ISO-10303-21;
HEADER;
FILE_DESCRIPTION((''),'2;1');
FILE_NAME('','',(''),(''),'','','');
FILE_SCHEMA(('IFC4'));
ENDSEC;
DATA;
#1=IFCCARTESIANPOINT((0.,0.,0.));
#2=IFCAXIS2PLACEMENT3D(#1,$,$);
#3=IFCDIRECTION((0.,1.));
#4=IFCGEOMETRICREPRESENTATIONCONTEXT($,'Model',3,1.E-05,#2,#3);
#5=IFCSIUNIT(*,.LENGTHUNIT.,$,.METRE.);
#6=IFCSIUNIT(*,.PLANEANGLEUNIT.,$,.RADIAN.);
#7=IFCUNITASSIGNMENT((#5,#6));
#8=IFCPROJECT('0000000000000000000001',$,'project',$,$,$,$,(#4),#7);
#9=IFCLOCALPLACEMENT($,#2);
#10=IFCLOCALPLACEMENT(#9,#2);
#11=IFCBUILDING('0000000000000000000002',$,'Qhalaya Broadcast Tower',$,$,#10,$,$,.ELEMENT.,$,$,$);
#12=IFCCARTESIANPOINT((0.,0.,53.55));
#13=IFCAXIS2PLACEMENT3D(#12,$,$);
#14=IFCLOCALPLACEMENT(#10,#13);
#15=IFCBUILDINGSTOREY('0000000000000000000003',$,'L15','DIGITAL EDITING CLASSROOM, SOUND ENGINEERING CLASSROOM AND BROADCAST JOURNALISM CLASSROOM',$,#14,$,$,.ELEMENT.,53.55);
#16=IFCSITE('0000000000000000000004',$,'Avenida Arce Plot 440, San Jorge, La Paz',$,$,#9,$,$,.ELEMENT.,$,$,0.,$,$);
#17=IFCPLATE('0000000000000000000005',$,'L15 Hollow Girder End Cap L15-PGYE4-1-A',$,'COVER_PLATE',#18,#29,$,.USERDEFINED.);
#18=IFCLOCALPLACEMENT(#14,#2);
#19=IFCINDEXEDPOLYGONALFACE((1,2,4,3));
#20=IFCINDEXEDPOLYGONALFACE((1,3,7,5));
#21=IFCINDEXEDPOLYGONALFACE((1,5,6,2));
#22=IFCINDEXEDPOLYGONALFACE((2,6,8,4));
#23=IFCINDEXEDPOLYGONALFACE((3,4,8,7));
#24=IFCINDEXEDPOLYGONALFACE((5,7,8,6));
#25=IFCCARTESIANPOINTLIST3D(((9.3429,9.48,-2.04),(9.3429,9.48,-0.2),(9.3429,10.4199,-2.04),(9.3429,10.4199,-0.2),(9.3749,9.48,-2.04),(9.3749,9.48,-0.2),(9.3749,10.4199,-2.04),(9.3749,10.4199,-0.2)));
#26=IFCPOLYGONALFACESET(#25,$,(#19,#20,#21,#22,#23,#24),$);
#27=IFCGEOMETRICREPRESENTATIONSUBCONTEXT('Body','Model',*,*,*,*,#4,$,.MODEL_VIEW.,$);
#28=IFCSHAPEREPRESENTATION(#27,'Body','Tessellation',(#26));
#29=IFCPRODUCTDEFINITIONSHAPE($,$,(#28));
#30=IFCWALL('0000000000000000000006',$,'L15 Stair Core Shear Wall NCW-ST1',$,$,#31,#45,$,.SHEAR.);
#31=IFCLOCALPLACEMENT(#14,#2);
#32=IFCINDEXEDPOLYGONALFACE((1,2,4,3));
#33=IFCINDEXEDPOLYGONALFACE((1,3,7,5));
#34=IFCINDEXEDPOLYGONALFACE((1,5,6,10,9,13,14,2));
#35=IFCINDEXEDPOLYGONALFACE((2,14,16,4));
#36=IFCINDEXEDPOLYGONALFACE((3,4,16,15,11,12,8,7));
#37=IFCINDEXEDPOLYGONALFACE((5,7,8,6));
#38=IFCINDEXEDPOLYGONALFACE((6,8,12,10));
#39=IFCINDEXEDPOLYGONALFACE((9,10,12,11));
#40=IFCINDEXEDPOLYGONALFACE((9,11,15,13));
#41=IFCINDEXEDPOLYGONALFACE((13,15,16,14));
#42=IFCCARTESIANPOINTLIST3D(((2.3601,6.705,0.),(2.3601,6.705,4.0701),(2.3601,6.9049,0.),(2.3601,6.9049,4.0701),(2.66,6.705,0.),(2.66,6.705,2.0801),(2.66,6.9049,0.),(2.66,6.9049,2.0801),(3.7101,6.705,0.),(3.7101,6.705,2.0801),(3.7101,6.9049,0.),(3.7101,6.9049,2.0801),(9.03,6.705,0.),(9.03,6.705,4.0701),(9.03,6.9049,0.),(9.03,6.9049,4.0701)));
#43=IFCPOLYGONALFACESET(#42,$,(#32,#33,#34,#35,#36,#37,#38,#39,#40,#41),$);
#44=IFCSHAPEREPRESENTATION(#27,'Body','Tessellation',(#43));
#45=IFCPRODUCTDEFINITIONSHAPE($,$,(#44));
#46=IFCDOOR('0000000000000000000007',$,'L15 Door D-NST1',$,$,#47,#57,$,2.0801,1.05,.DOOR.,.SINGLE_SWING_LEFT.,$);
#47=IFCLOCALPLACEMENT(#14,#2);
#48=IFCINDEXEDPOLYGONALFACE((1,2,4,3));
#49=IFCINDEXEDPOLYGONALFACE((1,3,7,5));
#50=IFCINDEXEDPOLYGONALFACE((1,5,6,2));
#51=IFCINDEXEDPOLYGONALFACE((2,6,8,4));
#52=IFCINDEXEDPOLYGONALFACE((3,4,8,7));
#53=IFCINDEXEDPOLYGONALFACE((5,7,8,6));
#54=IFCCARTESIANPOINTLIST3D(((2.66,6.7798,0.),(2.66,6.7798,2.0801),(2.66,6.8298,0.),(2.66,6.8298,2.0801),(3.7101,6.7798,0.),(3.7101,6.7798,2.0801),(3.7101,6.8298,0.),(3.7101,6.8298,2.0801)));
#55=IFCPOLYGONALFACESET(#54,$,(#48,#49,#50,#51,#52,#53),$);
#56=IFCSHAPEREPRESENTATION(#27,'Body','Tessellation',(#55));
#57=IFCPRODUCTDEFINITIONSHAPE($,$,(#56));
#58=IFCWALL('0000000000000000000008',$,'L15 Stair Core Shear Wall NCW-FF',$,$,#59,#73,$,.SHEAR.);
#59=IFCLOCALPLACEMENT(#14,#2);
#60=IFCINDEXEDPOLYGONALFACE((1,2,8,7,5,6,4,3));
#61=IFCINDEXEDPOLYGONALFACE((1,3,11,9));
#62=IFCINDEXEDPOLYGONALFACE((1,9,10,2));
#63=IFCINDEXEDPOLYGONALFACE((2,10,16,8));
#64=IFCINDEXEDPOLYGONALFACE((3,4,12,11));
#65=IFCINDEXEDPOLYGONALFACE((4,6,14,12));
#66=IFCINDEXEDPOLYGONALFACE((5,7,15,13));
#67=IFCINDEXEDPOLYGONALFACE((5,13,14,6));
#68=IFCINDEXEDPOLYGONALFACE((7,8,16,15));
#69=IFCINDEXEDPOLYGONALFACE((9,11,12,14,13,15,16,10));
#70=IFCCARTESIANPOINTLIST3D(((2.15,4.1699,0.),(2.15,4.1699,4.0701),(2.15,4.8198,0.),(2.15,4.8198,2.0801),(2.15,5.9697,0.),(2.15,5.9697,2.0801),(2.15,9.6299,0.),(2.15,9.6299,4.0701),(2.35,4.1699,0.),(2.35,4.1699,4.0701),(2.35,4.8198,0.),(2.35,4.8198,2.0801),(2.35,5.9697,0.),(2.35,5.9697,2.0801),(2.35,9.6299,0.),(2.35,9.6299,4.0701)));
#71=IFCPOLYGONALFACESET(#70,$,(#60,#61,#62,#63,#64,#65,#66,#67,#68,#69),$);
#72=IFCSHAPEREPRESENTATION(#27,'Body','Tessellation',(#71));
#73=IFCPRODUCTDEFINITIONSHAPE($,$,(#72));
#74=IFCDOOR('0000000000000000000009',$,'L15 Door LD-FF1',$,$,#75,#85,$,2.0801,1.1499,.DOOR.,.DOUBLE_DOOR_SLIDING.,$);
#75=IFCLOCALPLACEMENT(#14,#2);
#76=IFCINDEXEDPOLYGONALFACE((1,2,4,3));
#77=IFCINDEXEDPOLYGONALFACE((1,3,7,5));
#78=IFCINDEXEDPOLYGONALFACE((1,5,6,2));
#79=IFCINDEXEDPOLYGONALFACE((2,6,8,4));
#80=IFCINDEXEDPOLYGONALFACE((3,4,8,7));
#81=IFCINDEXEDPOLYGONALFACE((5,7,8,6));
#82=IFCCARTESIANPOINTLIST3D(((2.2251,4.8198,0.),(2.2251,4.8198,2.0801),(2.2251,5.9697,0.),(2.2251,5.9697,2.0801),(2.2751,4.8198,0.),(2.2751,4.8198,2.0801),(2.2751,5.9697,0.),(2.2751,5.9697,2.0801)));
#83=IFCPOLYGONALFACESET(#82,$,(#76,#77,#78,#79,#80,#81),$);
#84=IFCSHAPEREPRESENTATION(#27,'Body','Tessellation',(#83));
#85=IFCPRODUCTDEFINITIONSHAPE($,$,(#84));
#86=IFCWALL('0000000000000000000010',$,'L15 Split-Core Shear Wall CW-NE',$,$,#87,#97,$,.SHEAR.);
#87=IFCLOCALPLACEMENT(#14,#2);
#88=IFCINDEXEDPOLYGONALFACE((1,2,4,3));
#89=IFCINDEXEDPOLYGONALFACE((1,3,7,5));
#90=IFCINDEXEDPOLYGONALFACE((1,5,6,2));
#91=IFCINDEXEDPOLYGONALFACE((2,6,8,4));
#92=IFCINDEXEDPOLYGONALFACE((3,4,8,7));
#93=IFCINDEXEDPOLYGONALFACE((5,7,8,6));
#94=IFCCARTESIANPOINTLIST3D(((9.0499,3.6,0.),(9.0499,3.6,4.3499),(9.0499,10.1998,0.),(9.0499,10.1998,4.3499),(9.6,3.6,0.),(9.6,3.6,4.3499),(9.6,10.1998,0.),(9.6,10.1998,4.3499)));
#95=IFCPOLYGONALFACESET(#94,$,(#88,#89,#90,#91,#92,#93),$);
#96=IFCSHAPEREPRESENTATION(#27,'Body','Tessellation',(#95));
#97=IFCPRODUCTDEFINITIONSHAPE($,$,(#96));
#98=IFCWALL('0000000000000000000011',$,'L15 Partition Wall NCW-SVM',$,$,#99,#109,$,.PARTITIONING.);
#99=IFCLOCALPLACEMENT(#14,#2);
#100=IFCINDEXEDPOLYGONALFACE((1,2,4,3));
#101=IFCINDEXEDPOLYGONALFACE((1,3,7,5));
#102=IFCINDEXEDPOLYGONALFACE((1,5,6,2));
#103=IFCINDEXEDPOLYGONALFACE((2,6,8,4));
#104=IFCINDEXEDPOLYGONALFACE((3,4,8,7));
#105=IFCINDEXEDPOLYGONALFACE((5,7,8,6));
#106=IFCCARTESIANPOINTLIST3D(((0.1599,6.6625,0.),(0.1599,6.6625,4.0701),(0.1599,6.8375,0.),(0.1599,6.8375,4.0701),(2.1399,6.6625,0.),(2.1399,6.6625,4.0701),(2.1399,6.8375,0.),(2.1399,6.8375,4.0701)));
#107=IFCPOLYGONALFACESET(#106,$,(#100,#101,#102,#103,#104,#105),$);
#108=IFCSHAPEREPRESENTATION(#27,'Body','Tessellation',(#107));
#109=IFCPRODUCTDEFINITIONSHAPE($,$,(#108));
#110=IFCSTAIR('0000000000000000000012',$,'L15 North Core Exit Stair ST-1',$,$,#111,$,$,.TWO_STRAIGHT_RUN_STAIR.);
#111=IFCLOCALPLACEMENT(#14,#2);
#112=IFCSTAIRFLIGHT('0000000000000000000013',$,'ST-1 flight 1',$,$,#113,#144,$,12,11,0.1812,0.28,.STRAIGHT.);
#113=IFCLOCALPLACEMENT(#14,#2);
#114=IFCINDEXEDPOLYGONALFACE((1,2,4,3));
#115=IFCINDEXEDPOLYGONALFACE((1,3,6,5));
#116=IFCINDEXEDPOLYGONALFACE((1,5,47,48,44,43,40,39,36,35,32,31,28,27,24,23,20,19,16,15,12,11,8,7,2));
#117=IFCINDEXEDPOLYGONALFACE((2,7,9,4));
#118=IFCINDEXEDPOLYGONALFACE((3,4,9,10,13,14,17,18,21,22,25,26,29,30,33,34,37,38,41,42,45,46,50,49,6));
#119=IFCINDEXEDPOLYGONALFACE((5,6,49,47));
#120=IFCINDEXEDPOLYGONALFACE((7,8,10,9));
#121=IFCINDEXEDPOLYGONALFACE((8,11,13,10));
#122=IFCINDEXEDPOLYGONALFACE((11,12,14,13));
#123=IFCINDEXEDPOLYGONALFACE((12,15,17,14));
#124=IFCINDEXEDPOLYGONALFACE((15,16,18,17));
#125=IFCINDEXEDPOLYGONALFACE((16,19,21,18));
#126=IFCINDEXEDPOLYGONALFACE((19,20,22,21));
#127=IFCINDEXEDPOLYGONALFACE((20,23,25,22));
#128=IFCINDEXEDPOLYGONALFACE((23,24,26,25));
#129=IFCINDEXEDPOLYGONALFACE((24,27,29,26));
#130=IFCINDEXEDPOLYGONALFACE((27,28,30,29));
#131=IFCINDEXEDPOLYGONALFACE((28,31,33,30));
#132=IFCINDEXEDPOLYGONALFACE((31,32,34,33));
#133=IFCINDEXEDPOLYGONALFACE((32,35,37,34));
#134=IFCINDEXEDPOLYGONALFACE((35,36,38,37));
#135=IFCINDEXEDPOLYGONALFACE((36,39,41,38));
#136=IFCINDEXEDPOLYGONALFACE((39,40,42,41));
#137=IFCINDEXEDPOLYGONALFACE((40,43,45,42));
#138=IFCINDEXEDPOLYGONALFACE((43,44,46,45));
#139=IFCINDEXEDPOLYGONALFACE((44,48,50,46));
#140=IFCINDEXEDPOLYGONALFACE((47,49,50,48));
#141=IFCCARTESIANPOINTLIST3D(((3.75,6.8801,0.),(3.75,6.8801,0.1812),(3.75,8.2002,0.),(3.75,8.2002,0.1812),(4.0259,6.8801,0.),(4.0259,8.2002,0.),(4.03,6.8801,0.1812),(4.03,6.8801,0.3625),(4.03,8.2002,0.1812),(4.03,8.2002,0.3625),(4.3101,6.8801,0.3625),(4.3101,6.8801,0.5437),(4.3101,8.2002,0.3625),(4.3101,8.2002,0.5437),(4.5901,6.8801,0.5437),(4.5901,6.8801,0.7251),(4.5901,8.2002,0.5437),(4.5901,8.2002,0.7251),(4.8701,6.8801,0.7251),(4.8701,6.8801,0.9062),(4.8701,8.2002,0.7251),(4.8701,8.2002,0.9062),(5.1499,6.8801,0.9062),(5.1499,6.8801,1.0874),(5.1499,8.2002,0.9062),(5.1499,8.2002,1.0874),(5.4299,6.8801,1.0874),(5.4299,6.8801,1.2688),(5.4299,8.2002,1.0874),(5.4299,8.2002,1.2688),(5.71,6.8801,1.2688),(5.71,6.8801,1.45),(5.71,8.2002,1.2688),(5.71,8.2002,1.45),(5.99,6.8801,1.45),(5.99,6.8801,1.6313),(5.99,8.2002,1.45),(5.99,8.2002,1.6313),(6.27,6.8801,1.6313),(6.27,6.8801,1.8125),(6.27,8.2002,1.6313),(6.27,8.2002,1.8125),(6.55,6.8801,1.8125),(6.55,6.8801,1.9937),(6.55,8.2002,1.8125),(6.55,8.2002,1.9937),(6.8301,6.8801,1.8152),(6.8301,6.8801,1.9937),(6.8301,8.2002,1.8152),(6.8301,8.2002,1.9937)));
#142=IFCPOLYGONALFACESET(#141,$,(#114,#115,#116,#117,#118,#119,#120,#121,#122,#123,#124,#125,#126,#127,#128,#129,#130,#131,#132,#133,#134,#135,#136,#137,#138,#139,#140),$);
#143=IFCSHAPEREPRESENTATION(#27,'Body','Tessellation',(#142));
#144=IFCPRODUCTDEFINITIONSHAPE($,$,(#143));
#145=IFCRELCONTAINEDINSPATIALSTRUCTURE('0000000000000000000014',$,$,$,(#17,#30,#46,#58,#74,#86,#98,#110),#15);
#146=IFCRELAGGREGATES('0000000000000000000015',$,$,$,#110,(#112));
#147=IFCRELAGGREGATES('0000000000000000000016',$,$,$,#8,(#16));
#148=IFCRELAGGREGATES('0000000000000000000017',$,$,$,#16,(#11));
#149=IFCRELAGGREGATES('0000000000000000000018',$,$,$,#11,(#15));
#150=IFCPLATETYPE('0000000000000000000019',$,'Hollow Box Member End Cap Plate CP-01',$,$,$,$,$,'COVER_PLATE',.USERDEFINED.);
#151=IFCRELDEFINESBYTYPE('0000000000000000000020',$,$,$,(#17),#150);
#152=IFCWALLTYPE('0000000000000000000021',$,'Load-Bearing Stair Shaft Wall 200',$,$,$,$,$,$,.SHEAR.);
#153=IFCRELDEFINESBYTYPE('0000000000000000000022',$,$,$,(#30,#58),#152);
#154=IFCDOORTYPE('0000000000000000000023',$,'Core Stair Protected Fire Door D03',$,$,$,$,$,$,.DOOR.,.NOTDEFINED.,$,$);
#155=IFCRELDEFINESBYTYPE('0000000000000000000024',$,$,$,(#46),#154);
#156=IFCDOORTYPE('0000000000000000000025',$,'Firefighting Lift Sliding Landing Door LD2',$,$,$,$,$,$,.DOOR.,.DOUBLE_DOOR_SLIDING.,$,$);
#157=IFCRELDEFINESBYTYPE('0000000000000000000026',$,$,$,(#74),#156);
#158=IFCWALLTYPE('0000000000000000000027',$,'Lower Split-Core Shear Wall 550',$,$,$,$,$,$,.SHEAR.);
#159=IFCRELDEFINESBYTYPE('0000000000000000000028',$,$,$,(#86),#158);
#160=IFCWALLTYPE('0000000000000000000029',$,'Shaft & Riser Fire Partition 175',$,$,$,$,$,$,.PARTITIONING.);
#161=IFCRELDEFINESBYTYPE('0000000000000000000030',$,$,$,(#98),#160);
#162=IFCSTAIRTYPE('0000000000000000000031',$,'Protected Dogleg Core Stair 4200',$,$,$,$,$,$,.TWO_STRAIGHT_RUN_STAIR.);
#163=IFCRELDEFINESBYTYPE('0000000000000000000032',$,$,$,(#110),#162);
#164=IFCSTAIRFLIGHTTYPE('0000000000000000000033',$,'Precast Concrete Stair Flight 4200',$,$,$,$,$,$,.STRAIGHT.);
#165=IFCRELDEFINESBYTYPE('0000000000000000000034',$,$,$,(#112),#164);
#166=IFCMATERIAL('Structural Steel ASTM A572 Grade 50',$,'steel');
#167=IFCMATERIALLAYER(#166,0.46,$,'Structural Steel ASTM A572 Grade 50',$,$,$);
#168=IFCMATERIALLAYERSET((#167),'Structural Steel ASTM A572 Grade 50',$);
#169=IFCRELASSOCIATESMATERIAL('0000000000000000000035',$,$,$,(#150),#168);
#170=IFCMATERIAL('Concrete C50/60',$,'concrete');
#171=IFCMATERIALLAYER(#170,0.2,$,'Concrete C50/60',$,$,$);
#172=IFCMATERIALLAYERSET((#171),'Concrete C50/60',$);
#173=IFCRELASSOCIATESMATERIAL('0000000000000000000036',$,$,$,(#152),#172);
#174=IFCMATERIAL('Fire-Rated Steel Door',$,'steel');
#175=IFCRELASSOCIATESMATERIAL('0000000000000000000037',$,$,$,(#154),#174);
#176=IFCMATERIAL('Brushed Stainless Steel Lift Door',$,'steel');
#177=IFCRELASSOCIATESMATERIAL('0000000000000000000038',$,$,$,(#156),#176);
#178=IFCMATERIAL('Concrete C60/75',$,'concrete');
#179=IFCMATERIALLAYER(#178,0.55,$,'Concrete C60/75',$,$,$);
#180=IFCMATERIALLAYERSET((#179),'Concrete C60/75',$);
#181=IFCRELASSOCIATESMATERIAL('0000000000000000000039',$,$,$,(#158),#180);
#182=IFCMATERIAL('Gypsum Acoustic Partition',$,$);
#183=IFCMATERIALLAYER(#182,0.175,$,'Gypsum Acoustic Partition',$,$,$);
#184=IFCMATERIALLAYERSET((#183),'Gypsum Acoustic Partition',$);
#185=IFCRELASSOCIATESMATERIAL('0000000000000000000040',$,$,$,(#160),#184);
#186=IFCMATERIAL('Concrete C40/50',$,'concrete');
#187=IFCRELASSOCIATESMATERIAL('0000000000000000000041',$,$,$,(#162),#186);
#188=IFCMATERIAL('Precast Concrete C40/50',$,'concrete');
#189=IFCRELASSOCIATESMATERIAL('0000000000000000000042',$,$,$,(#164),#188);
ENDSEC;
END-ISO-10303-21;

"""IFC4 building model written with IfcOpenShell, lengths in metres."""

from ifc_helpers import new_model, si_unit, direction, frame, frame_2d, origin, origin_2d, place, context, subcontext, project, spatial, polyline, rectangle, outline, extrude, material, layer, layer_set, type_object, element, fill, aggregate, save


model = new_model("IFC4")

# Units and contexts
model_context = context("Model", 3, precision=1e-05, world=origin(), true_north=direction((0.0, 1.0)))
body_context = subcontext(model_context, "Body", "Model", "MODEL_VIEW")
ifc_project = project(units=[si_unit("LENGTHUNIT", "METRE"), si_unit("PLANEANGLEUNIT", "RADIAN")], contexts=[model_context])

# Site, building, storey
site_placement = place(None, origin())
site = spatial("IfcSite", under=ifc_project, at=site_placement, Name="Avenida Arce Plot 440, San Jorge, La Paz", CompositionType="ELEMENT", RefElevation=0.0)
building_placement = place(site_placement, origin())
building = spatial("IfcBuilding", under=site, at=building_placement, Name="Qhalaya Broadcast Tower", CompositionType="ELEMENT")
storey_placement = place(building_placement, frame((0.0, 0.0, 53.55)))
storey = spatial("IfcBuildingStorey", under=building, at=storey_placement, Name="L15", Description="DIGITAL EDITING CLASSROOM, SOUND ENGINEERING CLASSROOM AND BROADCAST JOURNALISM CLASSROOM", CompositionType="ELEMENT", Elevation=53.55)

# Shared definitions
ifc_material_1 = material(Name="Concrete C50/60", Category="concrete")

# Shared definitions
ifc_material_2 = material(Name="Structural Steel ASTM A572 Grade 50", Category="steel")

# Plate
ifc_layer_1 = layer(ifc_material_2, 0.46, Name="Structural Steel ASTM A572 Grade 50")
ifc_layer_set_1 = layer_set([ifc_layer_1], Name="Structural Steel ASTM A572 Grade 50")
plate_type = type_object("IfcPlateType", Name="Hollow Box Member End Cap Plate CP-01", ElementType="COVER_PLATE", PredefinedType="USERDEFINED", material=ifc_layer_set_1)
for number, where, z_axis, x_axis, name in (
    (1, (9.3589, 9.95, -2.04), (0.0, 0.0, 1.0), (0.0, 1.0, 0.0), "L15 Hollow Girder End Cap L15-PGYE4-1-A"),
):
    element("IfcPlate", number, at=place(storey_placement, frame(where, z_axis=z_axis, x_axis=x_axis)), inside=storey, type_object=plate_type, Name=name, ObjectType="COVER_PLATE", PredefinedType="USERDEFINED", context=body_context, shape_type="SweptSolid", body=[
        extrude(rectangle(XDim=0.9399, YDim=0.032, at=origin_2d()), origin(), (0.0, 0.0, 1.0), 1.8401),
    ])

# Walls, openings, doors
ifc_layer_2 = layer(ifc_material_1, 0.2, Name="Concrete C50/60")
ifc_layer_set_2 = layer_set([ifc_layer_2], Name="Concrete C50/60")
wall_type_1 = type_object("IfcWallType", Name="Load-Bearing Stair Shaft Wall 200", PredefinedType="SHEAR", material=ifc_layer_set_2)
wall_1_placement = place(storey_placement, frame((2.3601, 6.8049, 0.0), z_axis=(0.0, 0.0, 1.0), x_axis=(1.0, 0.0, 0.0)))
wall_1 = element("IfcWall", 2, at=wall_1_placement, inside=storey, type_object=wall_type_1, Name="L15 Stair Core Shear Wall NCW-ST1", PredefinedType="SHEAR", context=body_context, shape_type="SweptSolid", body=[
    extrude(rectangle(XDim=6.6699, YDim=0.2, at=frame_2d((3.335, 0.0))), origin(), (0.0, 0.0, 1.0), 4.0701),
])
opening_1_placement = place(wall_1_placement, frame((0.3, 0.0, 0.0)))
opening_1 = element("IfcOpeningElement", 3, at=opening_1_placement, cuts=wall_1, PredefinedType="OPENING", context=body_context, shape_type="SweptSolid", body=[
    extrude(rectangle(XDim=1.05, YDim=2.0801, at=frame_2d((0.5249, 1.04))), frame((0.0, 0.1121, 0.0), z_axis=(0.0, -1.0, 0.0), x_axis=(1.0, 0.0, 0.0)), (0.0, 0.0, 1.0), 0.2239),
])
ifc_material_3 = material(Name="Fire-Rated Steel Door", Category="steel")
door_type_1 = type_object("IfcDoorType", Name="Core Stair Protected Fire Door D03", OperationType="NOTDEFINED", PredefinedType="DOOR", material=ifc_material_3)
door_1_placement = place(opening_1_placement, origin())
door_1 = element("IfcDoor", 4, at=door_1_placement, inside=storey, type_object=door_type_1, Name="L15 Door D-NST1", OperationType="SINGLE_SWING_LEFT", OverallHeight=2.0801, OverallWidth=1.05, PredefinedType="DOOR", context=body_context, shape_type="SweptSolid", body=[
    extrude(rectangle(XDim=1.05, YDim=2.0801, at=frame_2d((0.5249, 1.04))), frame((0.0, 0.0249, 0.0), z_axis=(0.0, -1.0, 0.0), x_axis=(1.0, 0.0, 0.0)), (0.0, 0.0, 1.0), 0.05),
])
fill(opening_1, door_1)
wall_2_placement = place(storey_placement, frame((2.25, 4.1699, 0.0), z_axis=(0.0, 0.0, 1.0), x_axis=(0.0, 1.0, 0.0)))
wall_2 = element("IfcWall", 5, at=wall_2_placement, inside=storey, type_object=wall_type_1, Name="L15 Stair Core Shear Wall NCW-FF", PredefinedType="SHEAR", context=body_context, shape_type="SweptSolid", body=[
    extrude(rectangle(XDim=5.46, YDim=0.2, at=frame_2d((2.73, 0.0))), origin(), (0.0, 0.0, 1.0), 4.0701),
])
opening_2_placement = place(wall_2_placement, frame((0.6499, 0.0, 0.0)))
opening_2 = element("IfcOpeningElement", 6, at=opening_2_placement, cuts=wall_2, PredefinedType="OPENING", context=body_context, shape_type="SweptSolid", body=[
    extrude(rectangle(XDim=1.1499, YDim=2.0801, at=frame_2d((0.575, 1.04))), frame((0.0, 0.1121, 0.0), z_axis=(0.0, -1.0, 0.0), x_axis=(1.0, 0.0, 0.0)), (0.0, 0.0, 1.0), 0.2239),
])
ifc_material_4 = material(Name="Brushed Stainless Steel Lift Door", Category="steel")
door_type_2 = type_object("IfcDoorType", Name="Firefighting Lift Sliding Landing Door LD2", OperationType="DOUBLE_DOOR_SLIDING", PredefinedType="DOOR", material=ifc_material_4)
door_2_placement = place(opening_2_placement, origin())
door_2 = element("IfcDoor", 7, at=door_2_placement, inside=storey, type_object=door_type_2, Name="L15 Door LD-FF1", OperationType="DOUBLE_DOOR_SLIDING", OverallHeight=2.0801, OverallWidth=1.1499, PredefinedType="DOOR", context=body_context, shape_type="SweptSolid", body=[
    extrude(rectangle(XDim=1.1499, YDim=2.0801, at=frame_2d((0.575, 1.04))), frame((0.0, 0.0249, 0.0), z_axis=(0.0, -1.0, 0.0), x_axis=(1.0, 0.0, 0.0)), (0.0, 0.0, 1.0), 0.05),
])
fill(opening_2, door_2)

# Wall
ifc_material_5 = material(Name="Concrete C60/75", Category="concrete")
ifc_layer_3 = layer(ifc_material_5, 0.55, Name="Concrete C60/75")
ifc_layer_set_3 = layer_set([ifc_layer_3], Name="Concrete C60/75")
wall_type_2 = type_object("IfcWallType", Name="Lower Split-Core Shear Wall 550", PredefinedType="SHEAR", material=ifc_layer_set_3)
wall_3_placement = place(storey_placement, frame((9.325, 3.6001, 0.0), z_axis=(0.0, 0.0, 1.0), x_axis=(0.0, 1.0, 0.0)))
element("IfcWall", 8, at=wall_3_placement, inside=storey, type_object=wall_type_2, Name="L15 Split-Core Shear Wall CW-NE", PredefinedType="SHEAR", context=body_context, shape_type="SweptSolid", body=[
    extrude(rectangle(XDim=6.5999, YDim=0.55, at=frame_2d((3.2998, 0.0))), origin(), (0.0, 0.0, 1.0), 4.3499),
])

# Shared definitions
ifc_material_6 = material(Name="Gypsum Acoustic Partition")
ifc_layer_4 = layer(ifc_material_6, 0.175, Name="Gypsum Acoustic Partition")
ifc_layer_set_4 = layer_set([ifc_layer_4], Name="Gypsum Acoustic Partition")
wall_type_3 = type_object("IfcWallType", Name="Shaft & Riser Fire Partition 175", PredefinedType="PARTITIONING", material=ifc_layer_set_4)

# Wall
wall_4_placement = place(storey_placement, frame((0.1599, 6.75, 0.0), z_axis=(0.0, 0.0, 1.0), x_axis=(1.0, 0.0, 0.0)))
element("IfcWall", 9, at=wall_4_placement, inside=storey, type_object=wall_type_3, Name="L15 Partition Wall NCW-SVM", PredefinedType="PARTITIONING", context=body_context, shape_type="SweptSolid", body=[
    extrude(rectangle(XDim=1.98, YDim=0.175, at=frame_2d((0.99, 0.0))), origin(), (0.0, 0.0, 1.0), 4.0701),
])

# Stair, stair flight
ifc_material_7 = material(Name="Concrete C40/50", Category="concrete")
stair_type = type_object("IfcStairType", Name="Protected Dogleg Core Stair 4200", PredefinedType="TWO_STRAIGHT_RUN_STAIR", material=ifc_material_7)
stair_placement = place(storey_placement, origin())
stair = element("IfcStair", 10, at=stair_placement, inside=storey, type_object=stair_type, Name="L15 North Core Exit Stair ST-1", PredefinedType="TWO_STRAIGHT_RUN_STAIR")
ifc_material_8 = material(Name="Precast Concrete C40/50", Category="concrete")
stair_flight_type = type_object("IfcStairFlightType", Name="Precast Concrete Stair Flight 4200", PredefinedType="STRAIGHT", material=ifc_material_8)
stair_flight_1_placement = place(storey_placement, frame((3.75, 7.54, 0.0), z_axis=(0.0, 0.0, 1.0), x_axis=(1.0, 0.0, 0.0)))
stair_flight_1 = element("IfcStairFlight", 11, at=stair_flight_1_placement, type_object=stair_flight_type, Name="ST-1 flight 1", NumberOfRisers=12, NumberOfTreads=11, PredefinedType="STRAIGHT", RiserHeight=0.1812, TreadLength=0.28, context=body_context, shape_type="SweptSolid", body=[
    extrude(outline(polyline([(0.0, 0.0), (0.0, 0.1812), (0.28, 0.1812), (0.28, 0.3625), (0.5601, 0.3625), (0.5601, 0.5437), (0.8401, 0.5437), (0.8401, 0.7251), (1.1201, 0.7251), (1.1201, 0.9062), (1.3999, 0.9062), (1.3999, 1.0874), (1.6799, 1.0874), (1.6799, 1.2688), (1.96, 1.2688), (1.96, 1.45), (2.24, 1.45), (2.24, 1.6313), (2.52, 1.6313), (2.52, 1.8125), (2.8, 1.8125), (2.8, 1.9937), (3.0801, 1.9937), (3.0801, 2.175), (3.0801, 1.8152), (0.2759, 0.0), (0.0, 0.0)])), frame((0.0, 0.6602, 0.0), z_axis=(0.0, -1.0, 0.0), x_axis=(1.0, 0.0, 0.0)), (0.0, 0.0, 1.0), 1.3201),
])
aggregate(stair, [stair_flight_1])

save(model, "model.ifc")
